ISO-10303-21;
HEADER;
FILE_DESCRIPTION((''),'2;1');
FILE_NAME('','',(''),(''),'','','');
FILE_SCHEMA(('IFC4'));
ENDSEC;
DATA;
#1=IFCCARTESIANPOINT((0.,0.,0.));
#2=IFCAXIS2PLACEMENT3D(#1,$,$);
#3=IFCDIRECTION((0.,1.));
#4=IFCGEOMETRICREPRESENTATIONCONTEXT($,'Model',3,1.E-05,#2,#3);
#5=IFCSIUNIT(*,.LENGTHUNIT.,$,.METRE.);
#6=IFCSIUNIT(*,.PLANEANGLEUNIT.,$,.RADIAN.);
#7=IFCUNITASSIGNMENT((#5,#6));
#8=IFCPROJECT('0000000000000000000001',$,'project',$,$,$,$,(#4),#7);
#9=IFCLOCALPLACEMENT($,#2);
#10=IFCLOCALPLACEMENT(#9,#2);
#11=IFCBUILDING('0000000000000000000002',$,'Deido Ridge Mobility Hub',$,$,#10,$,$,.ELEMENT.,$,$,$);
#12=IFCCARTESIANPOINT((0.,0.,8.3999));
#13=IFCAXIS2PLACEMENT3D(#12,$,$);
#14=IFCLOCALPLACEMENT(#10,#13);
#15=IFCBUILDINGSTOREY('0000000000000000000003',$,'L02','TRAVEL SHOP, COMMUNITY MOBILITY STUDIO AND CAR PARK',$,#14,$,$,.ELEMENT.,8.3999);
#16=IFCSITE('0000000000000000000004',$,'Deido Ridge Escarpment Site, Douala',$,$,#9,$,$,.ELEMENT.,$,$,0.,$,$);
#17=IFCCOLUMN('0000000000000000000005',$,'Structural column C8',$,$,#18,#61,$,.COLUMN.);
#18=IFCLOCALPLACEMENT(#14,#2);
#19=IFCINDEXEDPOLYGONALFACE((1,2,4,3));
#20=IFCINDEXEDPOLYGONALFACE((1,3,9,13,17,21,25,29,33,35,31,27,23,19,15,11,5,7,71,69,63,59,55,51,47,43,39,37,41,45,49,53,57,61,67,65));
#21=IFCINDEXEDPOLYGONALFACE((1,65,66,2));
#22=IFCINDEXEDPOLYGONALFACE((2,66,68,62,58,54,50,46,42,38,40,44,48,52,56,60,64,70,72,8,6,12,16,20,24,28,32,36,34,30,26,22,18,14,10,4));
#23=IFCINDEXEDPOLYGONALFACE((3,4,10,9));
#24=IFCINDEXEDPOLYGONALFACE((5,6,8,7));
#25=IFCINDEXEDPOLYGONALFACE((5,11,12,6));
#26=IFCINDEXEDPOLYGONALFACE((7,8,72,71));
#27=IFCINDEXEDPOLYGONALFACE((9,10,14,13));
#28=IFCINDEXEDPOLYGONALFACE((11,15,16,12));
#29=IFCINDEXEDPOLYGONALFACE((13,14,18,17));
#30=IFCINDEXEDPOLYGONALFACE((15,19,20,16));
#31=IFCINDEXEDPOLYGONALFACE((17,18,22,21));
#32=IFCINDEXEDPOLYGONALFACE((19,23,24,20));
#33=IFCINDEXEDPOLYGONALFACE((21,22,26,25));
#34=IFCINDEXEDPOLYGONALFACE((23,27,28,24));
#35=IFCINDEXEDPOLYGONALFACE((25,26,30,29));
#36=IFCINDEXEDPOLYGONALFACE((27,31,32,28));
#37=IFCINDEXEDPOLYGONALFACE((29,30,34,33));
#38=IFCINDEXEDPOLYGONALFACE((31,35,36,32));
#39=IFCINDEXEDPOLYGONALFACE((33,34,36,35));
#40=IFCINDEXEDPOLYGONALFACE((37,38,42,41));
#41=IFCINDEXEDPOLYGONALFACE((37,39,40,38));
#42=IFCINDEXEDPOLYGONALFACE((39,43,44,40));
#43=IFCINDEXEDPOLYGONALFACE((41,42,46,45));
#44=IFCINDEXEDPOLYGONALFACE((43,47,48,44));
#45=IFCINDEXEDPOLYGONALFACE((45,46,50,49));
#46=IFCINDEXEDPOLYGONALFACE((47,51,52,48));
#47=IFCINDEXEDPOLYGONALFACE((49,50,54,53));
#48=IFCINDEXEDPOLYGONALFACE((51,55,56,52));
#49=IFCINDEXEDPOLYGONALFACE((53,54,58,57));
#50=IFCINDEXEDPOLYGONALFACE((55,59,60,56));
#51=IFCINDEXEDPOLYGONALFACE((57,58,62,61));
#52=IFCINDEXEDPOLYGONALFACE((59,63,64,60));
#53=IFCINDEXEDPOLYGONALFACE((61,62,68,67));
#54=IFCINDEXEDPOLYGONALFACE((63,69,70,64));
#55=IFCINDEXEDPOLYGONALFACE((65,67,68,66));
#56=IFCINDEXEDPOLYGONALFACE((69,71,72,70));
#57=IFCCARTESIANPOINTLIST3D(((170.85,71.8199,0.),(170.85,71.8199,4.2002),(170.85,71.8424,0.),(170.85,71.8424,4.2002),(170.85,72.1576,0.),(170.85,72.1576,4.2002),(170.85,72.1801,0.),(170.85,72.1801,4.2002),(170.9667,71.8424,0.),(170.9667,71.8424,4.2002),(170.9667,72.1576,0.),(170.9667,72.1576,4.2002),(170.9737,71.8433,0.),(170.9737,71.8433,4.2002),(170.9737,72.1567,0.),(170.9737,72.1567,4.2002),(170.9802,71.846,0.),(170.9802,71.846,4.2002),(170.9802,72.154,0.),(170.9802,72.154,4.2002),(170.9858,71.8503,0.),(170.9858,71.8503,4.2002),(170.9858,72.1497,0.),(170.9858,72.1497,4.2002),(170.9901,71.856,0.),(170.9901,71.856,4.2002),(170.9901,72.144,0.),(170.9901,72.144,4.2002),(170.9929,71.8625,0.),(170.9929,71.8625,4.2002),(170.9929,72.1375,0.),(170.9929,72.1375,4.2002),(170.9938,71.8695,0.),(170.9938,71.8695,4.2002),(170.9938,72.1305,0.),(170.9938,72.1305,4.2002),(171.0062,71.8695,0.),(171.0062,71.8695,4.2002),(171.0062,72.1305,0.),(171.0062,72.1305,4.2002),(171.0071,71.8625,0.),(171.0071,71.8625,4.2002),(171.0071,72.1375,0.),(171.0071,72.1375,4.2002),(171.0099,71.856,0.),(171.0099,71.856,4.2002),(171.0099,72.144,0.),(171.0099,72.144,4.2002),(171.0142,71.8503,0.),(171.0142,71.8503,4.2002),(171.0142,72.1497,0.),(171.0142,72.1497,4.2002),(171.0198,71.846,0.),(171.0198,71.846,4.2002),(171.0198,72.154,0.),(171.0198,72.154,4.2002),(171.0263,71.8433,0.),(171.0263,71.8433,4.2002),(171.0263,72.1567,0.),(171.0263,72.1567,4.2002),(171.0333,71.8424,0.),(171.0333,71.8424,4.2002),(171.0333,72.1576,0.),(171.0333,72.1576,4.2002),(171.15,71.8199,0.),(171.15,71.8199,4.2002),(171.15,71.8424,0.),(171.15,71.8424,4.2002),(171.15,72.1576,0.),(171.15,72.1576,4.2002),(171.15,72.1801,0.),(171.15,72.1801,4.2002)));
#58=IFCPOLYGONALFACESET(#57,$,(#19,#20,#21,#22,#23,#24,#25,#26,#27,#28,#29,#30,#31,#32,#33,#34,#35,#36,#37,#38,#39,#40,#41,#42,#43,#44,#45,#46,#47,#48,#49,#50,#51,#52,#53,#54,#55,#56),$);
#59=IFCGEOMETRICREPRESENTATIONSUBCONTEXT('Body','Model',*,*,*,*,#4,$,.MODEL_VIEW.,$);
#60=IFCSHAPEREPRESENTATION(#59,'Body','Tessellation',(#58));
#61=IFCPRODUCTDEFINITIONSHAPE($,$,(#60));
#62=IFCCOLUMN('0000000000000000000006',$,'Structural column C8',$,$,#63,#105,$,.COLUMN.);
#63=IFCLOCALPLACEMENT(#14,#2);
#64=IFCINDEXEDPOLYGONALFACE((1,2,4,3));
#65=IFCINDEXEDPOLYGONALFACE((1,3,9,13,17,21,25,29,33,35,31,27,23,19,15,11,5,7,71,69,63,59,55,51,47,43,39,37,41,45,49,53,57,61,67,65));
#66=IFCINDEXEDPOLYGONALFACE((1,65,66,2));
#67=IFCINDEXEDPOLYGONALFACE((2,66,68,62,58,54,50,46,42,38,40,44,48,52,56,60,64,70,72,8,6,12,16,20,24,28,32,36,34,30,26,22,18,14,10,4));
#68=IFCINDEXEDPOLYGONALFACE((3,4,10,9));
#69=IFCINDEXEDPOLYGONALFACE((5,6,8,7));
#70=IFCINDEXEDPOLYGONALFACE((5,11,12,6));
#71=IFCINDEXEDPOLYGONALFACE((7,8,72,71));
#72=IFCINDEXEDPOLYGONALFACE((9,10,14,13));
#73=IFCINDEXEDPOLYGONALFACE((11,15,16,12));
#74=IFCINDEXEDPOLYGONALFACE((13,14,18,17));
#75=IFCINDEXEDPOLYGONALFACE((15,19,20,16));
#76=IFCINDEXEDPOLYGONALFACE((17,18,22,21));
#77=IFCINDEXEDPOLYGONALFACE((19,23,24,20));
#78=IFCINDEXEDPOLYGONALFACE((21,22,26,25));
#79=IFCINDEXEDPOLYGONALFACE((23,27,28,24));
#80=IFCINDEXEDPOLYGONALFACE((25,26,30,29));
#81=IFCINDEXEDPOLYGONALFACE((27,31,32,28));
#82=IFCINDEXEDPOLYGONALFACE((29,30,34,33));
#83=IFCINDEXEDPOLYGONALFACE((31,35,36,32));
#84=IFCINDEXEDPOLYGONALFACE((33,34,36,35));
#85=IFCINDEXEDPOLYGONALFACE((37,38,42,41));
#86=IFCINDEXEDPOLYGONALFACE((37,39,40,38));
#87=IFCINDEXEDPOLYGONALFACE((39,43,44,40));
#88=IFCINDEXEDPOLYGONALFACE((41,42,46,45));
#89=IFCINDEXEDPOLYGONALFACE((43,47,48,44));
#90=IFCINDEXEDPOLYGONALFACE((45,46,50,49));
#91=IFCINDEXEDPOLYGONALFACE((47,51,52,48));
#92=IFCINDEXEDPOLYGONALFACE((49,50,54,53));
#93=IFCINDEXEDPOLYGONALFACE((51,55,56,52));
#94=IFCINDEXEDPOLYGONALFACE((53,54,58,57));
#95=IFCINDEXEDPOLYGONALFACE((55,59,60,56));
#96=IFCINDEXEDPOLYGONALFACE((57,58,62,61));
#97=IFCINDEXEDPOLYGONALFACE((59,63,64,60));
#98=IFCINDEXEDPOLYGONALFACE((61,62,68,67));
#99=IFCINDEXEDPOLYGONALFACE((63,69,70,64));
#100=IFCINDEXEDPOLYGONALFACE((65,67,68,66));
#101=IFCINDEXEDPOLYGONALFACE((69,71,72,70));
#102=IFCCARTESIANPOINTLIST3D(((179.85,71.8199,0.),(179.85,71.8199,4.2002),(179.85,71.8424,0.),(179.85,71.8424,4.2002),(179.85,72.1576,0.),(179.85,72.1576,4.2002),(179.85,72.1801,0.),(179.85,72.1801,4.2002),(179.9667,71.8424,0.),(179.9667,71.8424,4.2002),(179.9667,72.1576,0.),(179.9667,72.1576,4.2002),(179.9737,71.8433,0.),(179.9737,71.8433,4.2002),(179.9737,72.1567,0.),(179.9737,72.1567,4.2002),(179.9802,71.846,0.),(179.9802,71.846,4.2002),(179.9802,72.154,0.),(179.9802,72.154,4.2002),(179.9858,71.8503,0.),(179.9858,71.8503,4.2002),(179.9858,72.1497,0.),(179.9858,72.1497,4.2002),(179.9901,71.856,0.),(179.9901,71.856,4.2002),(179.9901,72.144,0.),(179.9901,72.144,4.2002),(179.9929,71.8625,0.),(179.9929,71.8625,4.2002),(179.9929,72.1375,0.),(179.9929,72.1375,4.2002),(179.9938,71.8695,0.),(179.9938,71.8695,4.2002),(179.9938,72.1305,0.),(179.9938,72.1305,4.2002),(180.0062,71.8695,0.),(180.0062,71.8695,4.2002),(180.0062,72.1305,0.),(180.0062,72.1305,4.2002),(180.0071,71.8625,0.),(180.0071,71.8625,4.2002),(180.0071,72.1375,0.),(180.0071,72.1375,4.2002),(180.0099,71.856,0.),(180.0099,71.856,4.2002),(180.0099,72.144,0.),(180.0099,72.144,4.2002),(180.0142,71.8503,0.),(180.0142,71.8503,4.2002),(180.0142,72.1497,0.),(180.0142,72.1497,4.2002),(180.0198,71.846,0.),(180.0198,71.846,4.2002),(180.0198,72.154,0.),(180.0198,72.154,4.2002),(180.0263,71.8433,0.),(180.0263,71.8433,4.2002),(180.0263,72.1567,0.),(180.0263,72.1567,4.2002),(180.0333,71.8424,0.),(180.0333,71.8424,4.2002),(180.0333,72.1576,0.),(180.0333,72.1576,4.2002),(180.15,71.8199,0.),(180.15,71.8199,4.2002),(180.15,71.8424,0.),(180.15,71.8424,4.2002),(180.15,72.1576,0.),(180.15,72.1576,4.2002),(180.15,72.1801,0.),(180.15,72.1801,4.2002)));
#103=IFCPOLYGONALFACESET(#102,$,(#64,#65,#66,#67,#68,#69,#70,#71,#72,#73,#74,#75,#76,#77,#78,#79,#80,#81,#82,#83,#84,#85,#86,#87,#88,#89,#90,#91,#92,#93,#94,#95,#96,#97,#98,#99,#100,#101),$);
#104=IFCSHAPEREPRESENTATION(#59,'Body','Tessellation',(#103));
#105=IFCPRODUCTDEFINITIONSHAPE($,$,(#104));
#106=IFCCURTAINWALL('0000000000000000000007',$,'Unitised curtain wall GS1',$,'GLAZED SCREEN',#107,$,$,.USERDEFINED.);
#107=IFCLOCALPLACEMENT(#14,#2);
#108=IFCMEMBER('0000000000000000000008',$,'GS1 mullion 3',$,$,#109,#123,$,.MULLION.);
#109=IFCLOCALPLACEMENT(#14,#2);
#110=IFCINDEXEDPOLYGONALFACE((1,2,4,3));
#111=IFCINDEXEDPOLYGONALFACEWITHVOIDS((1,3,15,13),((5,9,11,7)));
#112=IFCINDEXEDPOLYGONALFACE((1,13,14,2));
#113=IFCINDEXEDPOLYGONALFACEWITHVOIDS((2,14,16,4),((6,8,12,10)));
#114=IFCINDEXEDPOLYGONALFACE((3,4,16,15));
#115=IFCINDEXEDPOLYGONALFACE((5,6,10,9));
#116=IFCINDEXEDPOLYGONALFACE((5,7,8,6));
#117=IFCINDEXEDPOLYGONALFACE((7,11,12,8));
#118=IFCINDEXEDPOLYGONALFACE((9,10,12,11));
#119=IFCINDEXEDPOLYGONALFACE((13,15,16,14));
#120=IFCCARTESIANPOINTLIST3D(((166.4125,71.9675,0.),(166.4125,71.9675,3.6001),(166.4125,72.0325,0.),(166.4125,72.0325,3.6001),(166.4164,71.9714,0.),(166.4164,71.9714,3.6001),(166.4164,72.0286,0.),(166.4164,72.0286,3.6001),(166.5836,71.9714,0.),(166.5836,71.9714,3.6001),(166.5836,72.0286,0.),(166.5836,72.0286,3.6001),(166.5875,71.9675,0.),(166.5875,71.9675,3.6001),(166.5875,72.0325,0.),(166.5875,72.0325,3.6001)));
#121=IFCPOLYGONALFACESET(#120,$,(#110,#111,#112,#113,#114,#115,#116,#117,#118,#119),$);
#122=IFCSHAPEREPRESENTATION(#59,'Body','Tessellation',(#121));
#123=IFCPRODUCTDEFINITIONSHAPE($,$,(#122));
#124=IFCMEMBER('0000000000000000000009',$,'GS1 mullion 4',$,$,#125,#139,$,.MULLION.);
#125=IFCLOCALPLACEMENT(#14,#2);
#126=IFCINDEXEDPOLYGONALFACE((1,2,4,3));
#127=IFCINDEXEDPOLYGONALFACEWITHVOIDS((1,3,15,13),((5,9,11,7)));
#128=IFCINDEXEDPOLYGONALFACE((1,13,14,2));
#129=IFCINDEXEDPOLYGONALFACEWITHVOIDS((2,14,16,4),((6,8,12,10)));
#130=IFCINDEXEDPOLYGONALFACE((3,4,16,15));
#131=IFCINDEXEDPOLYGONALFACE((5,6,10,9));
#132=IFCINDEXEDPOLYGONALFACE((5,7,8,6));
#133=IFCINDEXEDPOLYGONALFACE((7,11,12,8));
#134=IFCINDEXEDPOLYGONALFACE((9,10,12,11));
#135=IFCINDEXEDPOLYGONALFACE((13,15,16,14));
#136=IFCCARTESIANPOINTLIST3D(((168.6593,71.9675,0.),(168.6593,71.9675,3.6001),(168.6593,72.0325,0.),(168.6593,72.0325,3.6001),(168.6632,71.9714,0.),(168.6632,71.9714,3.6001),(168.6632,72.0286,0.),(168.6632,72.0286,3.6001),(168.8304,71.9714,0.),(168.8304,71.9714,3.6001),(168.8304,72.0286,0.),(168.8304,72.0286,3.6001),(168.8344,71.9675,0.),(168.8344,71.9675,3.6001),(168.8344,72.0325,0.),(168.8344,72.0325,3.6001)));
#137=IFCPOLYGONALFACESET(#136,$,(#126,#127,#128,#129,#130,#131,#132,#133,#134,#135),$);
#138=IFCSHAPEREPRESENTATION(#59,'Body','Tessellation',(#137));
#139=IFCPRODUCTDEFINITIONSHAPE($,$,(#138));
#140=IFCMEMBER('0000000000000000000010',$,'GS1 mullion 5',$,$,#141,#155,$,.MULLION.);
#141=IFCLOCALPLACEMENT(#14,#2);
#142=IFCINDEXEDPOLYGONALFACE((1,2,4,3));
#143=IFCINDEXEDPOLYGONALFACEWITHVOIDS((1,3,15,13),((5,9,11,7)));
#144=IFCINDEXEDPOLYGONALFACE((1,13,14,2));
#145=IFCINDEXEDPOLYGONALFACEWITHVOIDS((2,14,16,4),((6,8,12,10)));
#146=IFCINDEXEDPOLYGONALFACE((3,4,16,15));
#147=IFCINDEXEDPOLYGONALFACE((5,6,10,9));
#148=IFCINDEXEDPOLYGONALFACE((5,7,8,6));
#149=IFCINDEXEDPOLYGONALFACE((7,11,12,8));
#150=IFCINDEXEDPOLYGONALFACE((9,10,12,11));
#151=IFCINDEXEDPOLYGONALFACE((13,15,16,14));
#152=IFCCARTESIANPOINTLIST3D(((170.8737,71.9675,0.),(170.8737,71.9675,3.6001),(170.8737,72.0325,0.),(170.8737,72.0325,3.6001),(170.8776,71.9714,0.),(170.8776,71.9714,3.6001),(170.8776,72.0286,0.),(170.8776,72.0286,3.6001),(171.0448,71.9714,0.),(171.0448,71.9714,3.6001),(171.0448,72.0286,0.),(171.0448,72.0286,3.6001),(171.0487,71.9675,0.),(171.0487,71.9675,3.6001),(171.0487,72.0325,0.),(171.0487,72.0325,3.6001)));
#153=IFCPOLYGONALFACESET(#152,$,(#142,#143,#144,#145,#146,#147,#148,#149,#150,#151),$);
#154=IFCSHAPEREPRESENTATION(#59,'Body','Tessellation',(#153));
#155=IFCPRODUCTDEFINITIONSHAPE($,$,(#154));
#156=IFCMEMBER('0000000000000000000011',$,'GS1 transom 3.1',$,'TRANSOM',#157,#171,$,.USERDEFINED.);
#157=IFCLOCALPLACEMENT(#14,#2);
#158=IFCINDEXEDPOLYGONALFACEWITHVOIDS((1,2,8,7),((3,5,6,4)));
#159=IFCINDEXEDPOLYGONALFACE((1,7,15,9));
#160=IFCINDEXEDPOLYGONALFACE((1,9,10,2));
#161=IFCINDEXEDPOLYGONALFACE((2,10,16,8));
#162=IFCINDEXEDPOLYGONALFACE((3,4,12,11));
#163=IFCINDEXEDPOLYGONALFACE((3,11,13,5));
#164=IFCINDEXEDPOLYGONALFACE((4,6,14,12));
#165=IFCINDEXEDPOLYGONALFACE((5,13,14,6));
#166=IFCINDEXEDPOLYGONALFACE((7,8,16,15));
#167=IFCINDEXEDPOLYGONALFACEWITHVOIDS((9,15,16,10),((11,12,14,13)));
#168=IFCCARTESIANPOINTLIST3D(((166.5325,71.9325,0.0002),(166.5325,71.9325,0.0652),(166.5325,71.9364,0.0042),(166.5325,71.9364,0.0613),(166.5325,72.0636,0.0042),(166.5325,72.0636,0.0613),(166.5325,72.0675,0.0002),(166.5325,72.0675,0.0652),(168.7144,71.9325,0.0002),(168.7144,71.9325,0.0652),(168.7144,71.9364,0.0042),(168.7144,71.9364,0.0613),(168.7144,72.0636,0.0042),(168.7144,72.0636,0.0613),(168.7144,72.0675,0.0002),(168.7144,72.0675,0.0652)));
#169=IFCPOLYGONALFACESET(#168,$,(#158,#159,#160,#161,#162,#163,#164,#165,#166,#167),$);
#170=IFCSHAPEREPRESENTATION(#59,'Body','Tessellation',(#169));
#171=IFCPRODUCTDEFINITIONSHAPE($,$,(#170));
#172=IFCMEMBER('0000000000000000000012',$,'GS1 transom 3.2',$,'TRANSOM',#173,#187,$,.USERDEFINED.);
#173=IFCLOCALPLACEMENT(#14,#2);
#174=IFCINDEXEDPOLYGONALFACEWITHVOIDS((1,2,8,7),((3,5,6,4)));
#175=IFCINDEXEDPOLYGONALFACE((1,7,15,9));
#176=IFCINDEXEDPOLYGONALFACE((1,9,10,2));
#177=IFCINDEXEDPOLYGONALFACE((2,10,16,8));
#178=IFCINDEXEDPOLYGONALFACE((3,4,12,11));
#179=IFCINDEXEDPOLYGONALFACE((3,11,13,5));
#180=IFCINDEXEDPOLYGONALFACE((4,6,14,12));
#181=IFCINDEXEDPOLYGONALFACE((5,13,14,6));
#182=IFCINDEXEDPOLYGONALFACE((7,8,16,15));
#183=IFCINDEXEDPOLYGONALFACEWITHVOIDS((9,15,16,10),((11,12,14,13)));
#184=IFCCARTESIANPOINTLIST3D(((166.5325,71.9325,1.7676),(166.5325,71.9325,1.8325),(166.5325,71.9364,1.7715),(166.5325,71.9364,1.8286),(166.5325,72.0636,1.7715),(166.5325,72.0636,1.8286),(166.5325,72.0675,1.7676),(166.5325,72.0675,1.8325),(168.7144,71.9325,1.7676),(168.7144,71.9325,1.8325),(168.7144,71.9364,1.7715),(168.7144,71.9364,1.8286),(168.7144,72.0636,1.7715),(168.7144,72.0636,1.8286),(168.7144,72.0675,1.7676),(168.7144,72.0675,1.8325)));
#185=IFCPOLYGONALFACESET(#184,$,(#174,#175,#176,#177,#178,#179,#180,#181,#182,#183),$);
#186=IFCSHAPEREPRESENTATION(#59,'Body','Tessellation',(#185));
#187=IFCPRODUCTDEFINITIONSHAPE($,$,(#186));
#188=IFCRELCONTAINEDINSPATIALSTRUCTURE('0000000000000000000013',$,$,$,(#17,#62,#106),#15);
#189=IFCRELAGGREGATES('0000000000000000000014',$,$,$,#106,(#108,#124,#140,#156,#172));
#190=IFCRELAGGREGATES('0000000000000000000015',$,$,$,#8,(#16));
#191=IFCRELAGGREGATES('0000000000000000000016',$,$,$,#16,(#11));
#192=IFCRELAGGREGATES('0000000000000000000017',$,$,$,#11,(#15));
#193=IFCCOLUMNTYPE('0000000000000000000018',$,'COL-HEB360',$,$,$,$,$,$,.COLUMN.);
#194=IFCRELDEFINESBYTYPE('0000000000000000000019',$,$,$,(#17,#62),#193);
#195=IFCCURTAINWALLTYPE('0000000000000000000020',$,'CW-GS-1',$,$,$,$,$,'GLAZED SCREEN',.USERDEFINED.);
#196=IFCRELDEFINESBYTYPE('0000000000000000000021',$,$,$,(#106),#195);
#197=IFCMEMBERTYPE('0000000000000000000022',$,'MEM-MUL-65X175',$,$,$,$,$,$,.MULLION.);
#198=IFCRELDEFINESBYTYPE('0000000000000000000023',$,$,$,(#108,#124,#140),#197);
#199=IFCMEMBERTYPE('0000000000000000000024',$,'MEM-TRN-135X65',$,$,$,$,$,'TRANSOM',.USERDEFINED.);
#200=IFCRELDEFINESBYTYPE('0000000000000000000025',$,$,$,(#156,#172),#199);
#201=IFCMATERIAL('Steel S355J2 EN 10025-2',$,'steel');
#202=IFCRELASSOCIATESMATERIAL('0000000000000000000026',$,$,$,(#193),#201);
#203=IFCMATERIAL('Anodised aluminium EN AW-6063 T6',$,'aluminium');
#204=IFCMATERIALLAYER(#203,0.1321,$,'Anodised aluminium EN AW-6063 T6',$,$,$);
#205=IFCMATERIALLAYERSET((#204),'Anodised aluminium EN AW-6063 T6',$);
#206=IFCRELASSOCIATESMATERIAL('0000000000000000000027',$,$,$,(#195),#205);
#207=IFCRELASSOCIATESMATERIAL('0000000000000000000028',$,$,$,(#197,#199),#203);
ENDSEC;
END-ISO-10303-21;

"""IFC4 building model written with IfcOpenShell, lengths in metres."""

from ifc_helpers import new_model, si_unit, direction, frame, origin, origin_2d, place, context, subcontext, project, spatial, hollow_rectangle, i_section, extrude, material, layer, layer_set, material_profile, profile_set, type_object, element, aggregate, save


model = new_model("IFC4")

# Units and contexts
model_context = context("Model", 3, precision=1e-05, world=origin(), true_north=direction((0.0, 1.0)))
body_context = subcontext(model_context, "Body", "Model", "MODEL_VIEW")
ifc_project = project(units=[si_unit("LENGTHUNIT", "METRE"), si_unit("PLANEANGLEUNIT", "RADIAN")], contexts=[model_context])

# Site, building, storey
site_placement = place(None, origin())
site = spatial("IfcSite", under=ifc_project, at=site_placement, Name="Deido Ridge Escarpment Site, Douala", CompositionType="ELEMENT", RefElevation=0.0)
building_placement = place(site_placement, origin())
building = spatial("IfcBuilding", under=site, at=building_placement, Name="Deido Ridge Mobility Hub", CompositionType="ELEMENT")
storey_placement = place(building_placement, frame((0.0, 0.0, 8.3999)))
storey = spatial("IfcBuildingStorey", under=building, at=storey_placement, Name="L02", Description="TRAVEL SHOP, COMMUNITY MOBILITY STUDIO AND CAR PARK", CompositionType="ELEMENT", Elevation=8.3999)

# Columns
ifc_material_1 = material(Name="Steel S355J2 EN 10025-2", Category="steel")
ifc_material_profile_1 = material_profile(ifc_material_1, i_section(OverallWidth=0.3, OverallDepth=0.3601, WebThickness=0.0125, FlangeThickness=0.0225, FilletRadius=0.0271, at=origin_2d()), Name="HEB 360")
ifc_profile_set_1 = profile_set([ifc_material_profile_1], Name="Steel S355J2 EN 10025-2")
column_type = type_object("IfcColumnType", Name="COL-HEB360", PredefinedType="COLUMN", material=ifc_profile_set_1)
for number, where, z_axis, x_axis, name in (
    (1, (171.0, 72.0, 0.0), (0.0, 0.0, 1.0), (1.0, 0.0, 0.0), "Structural column C8"),
    (2, (180.0, 72.0, 0.0), (0.0, 0.0, 1.0), (1.0, 0.0, 0.0), "Structural column C8"),
):
    element("IfcColumn", number, at=place(storey_placement, frame(where, z_axis=z_axis, x_axis=x_axis)), inside=storey, type_object=column_type, Name=name, PredefinedType="COLUMN", context=body_context, shape_type="SweptSolid", body=[
        extrude(i_section(OverallWidth=0.3, OverallDepth=0.3601, WebThickness=0.0125, FlangeThickness=0.0225, FilletRadius=0.0271, at=origin_2d()), origin(), (0.0, 0.0, 1.0), 4.2002),
    ])

# Curtain wall, members
ifc_material_2 = material(Name="Anodised aluminium EN AW-6063 T6", Category="aluminium")
ifc_layer_1 = layer(ifc_material_2, 0.1321, Name="Anodised aluminium EN AW-6063 T6")
ifc_layer_set_1 = layer_set([ifc_layer_1], Name="Anodised aluminium EN AW-6063 T6")
curtain_wall_type = type_object("IfcCurtainWallType", Name="CW-GS-1", ElementType="GLAZED SCREEN", PredefinedType="USERDEFINED", material=ifc_layer_set_1)
curtain_wall_placement = place(storey_placement, origin())
curtain_wall = element("IfcCurtainWall", 3, at=curtain_wall_placement, inside=storey, type_object=curtain_wall_type, Name="Unitised curtain wall GS1", ObjectType="GLAZED SCREEN", PredefinedType="USERDEFINED")
ifc_material_profile_2 = material_profile(ifc_material_2, hollow_rectangle(XDim=0.0649, YDim=0.175, WallThickness=0.0039, at=origin_2d()), Name="RHS 65x175x4")
ifc_profile_set_2 = profile_set([ifc_material_profile_2], Name="Anodised aluminium EN AW-6063 T6")
member_type_1 = type_object("IfcMemberType", Name="MEM-MUL-65X175", PredefinedType="MULLION", material=ifc_profile_set_2)
member_1_placement = place(storey_placement, frame((166.5, 72.0, 0.0), z_axis=(0.0, 0.0, 1.0), x_axis=(0.0, 1.0, 0.0)))
member_1 = element("IfcMember", 4, at=member_1_placement, type_object=member_type_1, Name="GS1 mullion 3", PredefinedType="MULLION", context=body_context, shape_type="SweptSolid", body=[
    extrude(hollow_rectangle(XDim=0.0649, YDim=0.175, WallThickness=0.0039, at=origin_2d()), origin(), (0.0, 0.0, 1.0), 3.6001),
])
member_2_placement = place(storey_placement, frame((168.7468, 72.0, 0.0), z_axis=(0.0, 0.0, 1.0), x_axis=(0.0, 1.0, 0.0)))
member_2 = element("IfcMember", 5, at=member_2_placement, type_object=member_type_1, Name="GS1 mullion 4", PredefinedType="MULLION", context=body_context, shape_type="SweptSolid", body=[
    extrude(hollow_rectangle(XDim=0.0649, YDim=0.175, WallThickness=0.0039, at=origin_2d()), origin(), (0.0, 0.0, 1.0), 3.6001),
])
member_3_placement = place(storey_placement, frame((170.9612, 72.0, 0.0), z_axis=(0.0, 0.0, 1.0), x_axis=(0.0, 1.0, 0.0)))
member_3 = element("IfcMember", 6, at=member_3_placement, type_object=member_type_1, Name="GS1 mullion 5", PredefinedType="MULLION", context=body_context, shape_type="SweptSolid", body=[
    extrude(hollow_rectangle(XDim=0.0649, YDim=0.175, WallThickness=0.0039, at=origin_2d()), origin(), (0.0, 0.0, 1.0), 3.6001),
])
ifc_material_profile_3 = material_profile(ifc_material_2, hollow_rectangle(XDim=0.135, YDim=0.0649, WallThickness=0.0039, at=origin_2d()), Name="RHS 135x65x4")
ifc_profile_set_3 = profile_set([ifc_material_profile_3], Name="Anodised aluminium EN AW-6063 T6")
member_type_2 = type_object("IfcMemberType", Name="MEM-TRN-135X65", ElementType="TRANSOM", PredefinedType="USERDEFINED", material=ifc_profile_set_3)
member_4_placement = place(storey_placement, frame((166.5325, 72.0, 0.0327), z_axis=(1.0, 0.0, 0.0), x_axis=(0.0, 1.0, 0.0)))
member_4 = element("IfcMember", 7, at=member_4_placement, type_object=member_type_2, Name="GS1 transom 3.1", ObjectType="TRANSOM", PredefinedType="USERDEFINED", context=body_context, shape_type="SweptSolid", body=[
    extrude(hollow_rectangle(XDim=0.135, YDim=0.0649, WallThickness=0.0039, at=origin_2d()), origin(), (0.0, 0.0, 1.0), 2.1819),
])
member_5_placement = place(storey_placement, frame((166.5325, 72.0, 1.8), z_axis=(1.0, 0.0, 0.0), x_axis=(0.0, 1.0, 0.0)))
member_5 = element("IfcMember", 8, at=member_5_placement, type_object=member_type_2, Name="GS1 transom 3.2", ObjectType="TRANSOM", PredefinedType="USERDEFINED", context=body_context, shape_type="SweptSolid", body=[
    extrude(hollow_rectangle(XDim=0.135, YDim=0.0649, WallThickness=0.0039, at=origin_2d()), origin(), (0.0, 0.0, 1.0), 2.1819),
])

aggregate(curtain_wall, [member_1, member_2, member_3, member_4, member_5])

save(model, "model.ifc")
